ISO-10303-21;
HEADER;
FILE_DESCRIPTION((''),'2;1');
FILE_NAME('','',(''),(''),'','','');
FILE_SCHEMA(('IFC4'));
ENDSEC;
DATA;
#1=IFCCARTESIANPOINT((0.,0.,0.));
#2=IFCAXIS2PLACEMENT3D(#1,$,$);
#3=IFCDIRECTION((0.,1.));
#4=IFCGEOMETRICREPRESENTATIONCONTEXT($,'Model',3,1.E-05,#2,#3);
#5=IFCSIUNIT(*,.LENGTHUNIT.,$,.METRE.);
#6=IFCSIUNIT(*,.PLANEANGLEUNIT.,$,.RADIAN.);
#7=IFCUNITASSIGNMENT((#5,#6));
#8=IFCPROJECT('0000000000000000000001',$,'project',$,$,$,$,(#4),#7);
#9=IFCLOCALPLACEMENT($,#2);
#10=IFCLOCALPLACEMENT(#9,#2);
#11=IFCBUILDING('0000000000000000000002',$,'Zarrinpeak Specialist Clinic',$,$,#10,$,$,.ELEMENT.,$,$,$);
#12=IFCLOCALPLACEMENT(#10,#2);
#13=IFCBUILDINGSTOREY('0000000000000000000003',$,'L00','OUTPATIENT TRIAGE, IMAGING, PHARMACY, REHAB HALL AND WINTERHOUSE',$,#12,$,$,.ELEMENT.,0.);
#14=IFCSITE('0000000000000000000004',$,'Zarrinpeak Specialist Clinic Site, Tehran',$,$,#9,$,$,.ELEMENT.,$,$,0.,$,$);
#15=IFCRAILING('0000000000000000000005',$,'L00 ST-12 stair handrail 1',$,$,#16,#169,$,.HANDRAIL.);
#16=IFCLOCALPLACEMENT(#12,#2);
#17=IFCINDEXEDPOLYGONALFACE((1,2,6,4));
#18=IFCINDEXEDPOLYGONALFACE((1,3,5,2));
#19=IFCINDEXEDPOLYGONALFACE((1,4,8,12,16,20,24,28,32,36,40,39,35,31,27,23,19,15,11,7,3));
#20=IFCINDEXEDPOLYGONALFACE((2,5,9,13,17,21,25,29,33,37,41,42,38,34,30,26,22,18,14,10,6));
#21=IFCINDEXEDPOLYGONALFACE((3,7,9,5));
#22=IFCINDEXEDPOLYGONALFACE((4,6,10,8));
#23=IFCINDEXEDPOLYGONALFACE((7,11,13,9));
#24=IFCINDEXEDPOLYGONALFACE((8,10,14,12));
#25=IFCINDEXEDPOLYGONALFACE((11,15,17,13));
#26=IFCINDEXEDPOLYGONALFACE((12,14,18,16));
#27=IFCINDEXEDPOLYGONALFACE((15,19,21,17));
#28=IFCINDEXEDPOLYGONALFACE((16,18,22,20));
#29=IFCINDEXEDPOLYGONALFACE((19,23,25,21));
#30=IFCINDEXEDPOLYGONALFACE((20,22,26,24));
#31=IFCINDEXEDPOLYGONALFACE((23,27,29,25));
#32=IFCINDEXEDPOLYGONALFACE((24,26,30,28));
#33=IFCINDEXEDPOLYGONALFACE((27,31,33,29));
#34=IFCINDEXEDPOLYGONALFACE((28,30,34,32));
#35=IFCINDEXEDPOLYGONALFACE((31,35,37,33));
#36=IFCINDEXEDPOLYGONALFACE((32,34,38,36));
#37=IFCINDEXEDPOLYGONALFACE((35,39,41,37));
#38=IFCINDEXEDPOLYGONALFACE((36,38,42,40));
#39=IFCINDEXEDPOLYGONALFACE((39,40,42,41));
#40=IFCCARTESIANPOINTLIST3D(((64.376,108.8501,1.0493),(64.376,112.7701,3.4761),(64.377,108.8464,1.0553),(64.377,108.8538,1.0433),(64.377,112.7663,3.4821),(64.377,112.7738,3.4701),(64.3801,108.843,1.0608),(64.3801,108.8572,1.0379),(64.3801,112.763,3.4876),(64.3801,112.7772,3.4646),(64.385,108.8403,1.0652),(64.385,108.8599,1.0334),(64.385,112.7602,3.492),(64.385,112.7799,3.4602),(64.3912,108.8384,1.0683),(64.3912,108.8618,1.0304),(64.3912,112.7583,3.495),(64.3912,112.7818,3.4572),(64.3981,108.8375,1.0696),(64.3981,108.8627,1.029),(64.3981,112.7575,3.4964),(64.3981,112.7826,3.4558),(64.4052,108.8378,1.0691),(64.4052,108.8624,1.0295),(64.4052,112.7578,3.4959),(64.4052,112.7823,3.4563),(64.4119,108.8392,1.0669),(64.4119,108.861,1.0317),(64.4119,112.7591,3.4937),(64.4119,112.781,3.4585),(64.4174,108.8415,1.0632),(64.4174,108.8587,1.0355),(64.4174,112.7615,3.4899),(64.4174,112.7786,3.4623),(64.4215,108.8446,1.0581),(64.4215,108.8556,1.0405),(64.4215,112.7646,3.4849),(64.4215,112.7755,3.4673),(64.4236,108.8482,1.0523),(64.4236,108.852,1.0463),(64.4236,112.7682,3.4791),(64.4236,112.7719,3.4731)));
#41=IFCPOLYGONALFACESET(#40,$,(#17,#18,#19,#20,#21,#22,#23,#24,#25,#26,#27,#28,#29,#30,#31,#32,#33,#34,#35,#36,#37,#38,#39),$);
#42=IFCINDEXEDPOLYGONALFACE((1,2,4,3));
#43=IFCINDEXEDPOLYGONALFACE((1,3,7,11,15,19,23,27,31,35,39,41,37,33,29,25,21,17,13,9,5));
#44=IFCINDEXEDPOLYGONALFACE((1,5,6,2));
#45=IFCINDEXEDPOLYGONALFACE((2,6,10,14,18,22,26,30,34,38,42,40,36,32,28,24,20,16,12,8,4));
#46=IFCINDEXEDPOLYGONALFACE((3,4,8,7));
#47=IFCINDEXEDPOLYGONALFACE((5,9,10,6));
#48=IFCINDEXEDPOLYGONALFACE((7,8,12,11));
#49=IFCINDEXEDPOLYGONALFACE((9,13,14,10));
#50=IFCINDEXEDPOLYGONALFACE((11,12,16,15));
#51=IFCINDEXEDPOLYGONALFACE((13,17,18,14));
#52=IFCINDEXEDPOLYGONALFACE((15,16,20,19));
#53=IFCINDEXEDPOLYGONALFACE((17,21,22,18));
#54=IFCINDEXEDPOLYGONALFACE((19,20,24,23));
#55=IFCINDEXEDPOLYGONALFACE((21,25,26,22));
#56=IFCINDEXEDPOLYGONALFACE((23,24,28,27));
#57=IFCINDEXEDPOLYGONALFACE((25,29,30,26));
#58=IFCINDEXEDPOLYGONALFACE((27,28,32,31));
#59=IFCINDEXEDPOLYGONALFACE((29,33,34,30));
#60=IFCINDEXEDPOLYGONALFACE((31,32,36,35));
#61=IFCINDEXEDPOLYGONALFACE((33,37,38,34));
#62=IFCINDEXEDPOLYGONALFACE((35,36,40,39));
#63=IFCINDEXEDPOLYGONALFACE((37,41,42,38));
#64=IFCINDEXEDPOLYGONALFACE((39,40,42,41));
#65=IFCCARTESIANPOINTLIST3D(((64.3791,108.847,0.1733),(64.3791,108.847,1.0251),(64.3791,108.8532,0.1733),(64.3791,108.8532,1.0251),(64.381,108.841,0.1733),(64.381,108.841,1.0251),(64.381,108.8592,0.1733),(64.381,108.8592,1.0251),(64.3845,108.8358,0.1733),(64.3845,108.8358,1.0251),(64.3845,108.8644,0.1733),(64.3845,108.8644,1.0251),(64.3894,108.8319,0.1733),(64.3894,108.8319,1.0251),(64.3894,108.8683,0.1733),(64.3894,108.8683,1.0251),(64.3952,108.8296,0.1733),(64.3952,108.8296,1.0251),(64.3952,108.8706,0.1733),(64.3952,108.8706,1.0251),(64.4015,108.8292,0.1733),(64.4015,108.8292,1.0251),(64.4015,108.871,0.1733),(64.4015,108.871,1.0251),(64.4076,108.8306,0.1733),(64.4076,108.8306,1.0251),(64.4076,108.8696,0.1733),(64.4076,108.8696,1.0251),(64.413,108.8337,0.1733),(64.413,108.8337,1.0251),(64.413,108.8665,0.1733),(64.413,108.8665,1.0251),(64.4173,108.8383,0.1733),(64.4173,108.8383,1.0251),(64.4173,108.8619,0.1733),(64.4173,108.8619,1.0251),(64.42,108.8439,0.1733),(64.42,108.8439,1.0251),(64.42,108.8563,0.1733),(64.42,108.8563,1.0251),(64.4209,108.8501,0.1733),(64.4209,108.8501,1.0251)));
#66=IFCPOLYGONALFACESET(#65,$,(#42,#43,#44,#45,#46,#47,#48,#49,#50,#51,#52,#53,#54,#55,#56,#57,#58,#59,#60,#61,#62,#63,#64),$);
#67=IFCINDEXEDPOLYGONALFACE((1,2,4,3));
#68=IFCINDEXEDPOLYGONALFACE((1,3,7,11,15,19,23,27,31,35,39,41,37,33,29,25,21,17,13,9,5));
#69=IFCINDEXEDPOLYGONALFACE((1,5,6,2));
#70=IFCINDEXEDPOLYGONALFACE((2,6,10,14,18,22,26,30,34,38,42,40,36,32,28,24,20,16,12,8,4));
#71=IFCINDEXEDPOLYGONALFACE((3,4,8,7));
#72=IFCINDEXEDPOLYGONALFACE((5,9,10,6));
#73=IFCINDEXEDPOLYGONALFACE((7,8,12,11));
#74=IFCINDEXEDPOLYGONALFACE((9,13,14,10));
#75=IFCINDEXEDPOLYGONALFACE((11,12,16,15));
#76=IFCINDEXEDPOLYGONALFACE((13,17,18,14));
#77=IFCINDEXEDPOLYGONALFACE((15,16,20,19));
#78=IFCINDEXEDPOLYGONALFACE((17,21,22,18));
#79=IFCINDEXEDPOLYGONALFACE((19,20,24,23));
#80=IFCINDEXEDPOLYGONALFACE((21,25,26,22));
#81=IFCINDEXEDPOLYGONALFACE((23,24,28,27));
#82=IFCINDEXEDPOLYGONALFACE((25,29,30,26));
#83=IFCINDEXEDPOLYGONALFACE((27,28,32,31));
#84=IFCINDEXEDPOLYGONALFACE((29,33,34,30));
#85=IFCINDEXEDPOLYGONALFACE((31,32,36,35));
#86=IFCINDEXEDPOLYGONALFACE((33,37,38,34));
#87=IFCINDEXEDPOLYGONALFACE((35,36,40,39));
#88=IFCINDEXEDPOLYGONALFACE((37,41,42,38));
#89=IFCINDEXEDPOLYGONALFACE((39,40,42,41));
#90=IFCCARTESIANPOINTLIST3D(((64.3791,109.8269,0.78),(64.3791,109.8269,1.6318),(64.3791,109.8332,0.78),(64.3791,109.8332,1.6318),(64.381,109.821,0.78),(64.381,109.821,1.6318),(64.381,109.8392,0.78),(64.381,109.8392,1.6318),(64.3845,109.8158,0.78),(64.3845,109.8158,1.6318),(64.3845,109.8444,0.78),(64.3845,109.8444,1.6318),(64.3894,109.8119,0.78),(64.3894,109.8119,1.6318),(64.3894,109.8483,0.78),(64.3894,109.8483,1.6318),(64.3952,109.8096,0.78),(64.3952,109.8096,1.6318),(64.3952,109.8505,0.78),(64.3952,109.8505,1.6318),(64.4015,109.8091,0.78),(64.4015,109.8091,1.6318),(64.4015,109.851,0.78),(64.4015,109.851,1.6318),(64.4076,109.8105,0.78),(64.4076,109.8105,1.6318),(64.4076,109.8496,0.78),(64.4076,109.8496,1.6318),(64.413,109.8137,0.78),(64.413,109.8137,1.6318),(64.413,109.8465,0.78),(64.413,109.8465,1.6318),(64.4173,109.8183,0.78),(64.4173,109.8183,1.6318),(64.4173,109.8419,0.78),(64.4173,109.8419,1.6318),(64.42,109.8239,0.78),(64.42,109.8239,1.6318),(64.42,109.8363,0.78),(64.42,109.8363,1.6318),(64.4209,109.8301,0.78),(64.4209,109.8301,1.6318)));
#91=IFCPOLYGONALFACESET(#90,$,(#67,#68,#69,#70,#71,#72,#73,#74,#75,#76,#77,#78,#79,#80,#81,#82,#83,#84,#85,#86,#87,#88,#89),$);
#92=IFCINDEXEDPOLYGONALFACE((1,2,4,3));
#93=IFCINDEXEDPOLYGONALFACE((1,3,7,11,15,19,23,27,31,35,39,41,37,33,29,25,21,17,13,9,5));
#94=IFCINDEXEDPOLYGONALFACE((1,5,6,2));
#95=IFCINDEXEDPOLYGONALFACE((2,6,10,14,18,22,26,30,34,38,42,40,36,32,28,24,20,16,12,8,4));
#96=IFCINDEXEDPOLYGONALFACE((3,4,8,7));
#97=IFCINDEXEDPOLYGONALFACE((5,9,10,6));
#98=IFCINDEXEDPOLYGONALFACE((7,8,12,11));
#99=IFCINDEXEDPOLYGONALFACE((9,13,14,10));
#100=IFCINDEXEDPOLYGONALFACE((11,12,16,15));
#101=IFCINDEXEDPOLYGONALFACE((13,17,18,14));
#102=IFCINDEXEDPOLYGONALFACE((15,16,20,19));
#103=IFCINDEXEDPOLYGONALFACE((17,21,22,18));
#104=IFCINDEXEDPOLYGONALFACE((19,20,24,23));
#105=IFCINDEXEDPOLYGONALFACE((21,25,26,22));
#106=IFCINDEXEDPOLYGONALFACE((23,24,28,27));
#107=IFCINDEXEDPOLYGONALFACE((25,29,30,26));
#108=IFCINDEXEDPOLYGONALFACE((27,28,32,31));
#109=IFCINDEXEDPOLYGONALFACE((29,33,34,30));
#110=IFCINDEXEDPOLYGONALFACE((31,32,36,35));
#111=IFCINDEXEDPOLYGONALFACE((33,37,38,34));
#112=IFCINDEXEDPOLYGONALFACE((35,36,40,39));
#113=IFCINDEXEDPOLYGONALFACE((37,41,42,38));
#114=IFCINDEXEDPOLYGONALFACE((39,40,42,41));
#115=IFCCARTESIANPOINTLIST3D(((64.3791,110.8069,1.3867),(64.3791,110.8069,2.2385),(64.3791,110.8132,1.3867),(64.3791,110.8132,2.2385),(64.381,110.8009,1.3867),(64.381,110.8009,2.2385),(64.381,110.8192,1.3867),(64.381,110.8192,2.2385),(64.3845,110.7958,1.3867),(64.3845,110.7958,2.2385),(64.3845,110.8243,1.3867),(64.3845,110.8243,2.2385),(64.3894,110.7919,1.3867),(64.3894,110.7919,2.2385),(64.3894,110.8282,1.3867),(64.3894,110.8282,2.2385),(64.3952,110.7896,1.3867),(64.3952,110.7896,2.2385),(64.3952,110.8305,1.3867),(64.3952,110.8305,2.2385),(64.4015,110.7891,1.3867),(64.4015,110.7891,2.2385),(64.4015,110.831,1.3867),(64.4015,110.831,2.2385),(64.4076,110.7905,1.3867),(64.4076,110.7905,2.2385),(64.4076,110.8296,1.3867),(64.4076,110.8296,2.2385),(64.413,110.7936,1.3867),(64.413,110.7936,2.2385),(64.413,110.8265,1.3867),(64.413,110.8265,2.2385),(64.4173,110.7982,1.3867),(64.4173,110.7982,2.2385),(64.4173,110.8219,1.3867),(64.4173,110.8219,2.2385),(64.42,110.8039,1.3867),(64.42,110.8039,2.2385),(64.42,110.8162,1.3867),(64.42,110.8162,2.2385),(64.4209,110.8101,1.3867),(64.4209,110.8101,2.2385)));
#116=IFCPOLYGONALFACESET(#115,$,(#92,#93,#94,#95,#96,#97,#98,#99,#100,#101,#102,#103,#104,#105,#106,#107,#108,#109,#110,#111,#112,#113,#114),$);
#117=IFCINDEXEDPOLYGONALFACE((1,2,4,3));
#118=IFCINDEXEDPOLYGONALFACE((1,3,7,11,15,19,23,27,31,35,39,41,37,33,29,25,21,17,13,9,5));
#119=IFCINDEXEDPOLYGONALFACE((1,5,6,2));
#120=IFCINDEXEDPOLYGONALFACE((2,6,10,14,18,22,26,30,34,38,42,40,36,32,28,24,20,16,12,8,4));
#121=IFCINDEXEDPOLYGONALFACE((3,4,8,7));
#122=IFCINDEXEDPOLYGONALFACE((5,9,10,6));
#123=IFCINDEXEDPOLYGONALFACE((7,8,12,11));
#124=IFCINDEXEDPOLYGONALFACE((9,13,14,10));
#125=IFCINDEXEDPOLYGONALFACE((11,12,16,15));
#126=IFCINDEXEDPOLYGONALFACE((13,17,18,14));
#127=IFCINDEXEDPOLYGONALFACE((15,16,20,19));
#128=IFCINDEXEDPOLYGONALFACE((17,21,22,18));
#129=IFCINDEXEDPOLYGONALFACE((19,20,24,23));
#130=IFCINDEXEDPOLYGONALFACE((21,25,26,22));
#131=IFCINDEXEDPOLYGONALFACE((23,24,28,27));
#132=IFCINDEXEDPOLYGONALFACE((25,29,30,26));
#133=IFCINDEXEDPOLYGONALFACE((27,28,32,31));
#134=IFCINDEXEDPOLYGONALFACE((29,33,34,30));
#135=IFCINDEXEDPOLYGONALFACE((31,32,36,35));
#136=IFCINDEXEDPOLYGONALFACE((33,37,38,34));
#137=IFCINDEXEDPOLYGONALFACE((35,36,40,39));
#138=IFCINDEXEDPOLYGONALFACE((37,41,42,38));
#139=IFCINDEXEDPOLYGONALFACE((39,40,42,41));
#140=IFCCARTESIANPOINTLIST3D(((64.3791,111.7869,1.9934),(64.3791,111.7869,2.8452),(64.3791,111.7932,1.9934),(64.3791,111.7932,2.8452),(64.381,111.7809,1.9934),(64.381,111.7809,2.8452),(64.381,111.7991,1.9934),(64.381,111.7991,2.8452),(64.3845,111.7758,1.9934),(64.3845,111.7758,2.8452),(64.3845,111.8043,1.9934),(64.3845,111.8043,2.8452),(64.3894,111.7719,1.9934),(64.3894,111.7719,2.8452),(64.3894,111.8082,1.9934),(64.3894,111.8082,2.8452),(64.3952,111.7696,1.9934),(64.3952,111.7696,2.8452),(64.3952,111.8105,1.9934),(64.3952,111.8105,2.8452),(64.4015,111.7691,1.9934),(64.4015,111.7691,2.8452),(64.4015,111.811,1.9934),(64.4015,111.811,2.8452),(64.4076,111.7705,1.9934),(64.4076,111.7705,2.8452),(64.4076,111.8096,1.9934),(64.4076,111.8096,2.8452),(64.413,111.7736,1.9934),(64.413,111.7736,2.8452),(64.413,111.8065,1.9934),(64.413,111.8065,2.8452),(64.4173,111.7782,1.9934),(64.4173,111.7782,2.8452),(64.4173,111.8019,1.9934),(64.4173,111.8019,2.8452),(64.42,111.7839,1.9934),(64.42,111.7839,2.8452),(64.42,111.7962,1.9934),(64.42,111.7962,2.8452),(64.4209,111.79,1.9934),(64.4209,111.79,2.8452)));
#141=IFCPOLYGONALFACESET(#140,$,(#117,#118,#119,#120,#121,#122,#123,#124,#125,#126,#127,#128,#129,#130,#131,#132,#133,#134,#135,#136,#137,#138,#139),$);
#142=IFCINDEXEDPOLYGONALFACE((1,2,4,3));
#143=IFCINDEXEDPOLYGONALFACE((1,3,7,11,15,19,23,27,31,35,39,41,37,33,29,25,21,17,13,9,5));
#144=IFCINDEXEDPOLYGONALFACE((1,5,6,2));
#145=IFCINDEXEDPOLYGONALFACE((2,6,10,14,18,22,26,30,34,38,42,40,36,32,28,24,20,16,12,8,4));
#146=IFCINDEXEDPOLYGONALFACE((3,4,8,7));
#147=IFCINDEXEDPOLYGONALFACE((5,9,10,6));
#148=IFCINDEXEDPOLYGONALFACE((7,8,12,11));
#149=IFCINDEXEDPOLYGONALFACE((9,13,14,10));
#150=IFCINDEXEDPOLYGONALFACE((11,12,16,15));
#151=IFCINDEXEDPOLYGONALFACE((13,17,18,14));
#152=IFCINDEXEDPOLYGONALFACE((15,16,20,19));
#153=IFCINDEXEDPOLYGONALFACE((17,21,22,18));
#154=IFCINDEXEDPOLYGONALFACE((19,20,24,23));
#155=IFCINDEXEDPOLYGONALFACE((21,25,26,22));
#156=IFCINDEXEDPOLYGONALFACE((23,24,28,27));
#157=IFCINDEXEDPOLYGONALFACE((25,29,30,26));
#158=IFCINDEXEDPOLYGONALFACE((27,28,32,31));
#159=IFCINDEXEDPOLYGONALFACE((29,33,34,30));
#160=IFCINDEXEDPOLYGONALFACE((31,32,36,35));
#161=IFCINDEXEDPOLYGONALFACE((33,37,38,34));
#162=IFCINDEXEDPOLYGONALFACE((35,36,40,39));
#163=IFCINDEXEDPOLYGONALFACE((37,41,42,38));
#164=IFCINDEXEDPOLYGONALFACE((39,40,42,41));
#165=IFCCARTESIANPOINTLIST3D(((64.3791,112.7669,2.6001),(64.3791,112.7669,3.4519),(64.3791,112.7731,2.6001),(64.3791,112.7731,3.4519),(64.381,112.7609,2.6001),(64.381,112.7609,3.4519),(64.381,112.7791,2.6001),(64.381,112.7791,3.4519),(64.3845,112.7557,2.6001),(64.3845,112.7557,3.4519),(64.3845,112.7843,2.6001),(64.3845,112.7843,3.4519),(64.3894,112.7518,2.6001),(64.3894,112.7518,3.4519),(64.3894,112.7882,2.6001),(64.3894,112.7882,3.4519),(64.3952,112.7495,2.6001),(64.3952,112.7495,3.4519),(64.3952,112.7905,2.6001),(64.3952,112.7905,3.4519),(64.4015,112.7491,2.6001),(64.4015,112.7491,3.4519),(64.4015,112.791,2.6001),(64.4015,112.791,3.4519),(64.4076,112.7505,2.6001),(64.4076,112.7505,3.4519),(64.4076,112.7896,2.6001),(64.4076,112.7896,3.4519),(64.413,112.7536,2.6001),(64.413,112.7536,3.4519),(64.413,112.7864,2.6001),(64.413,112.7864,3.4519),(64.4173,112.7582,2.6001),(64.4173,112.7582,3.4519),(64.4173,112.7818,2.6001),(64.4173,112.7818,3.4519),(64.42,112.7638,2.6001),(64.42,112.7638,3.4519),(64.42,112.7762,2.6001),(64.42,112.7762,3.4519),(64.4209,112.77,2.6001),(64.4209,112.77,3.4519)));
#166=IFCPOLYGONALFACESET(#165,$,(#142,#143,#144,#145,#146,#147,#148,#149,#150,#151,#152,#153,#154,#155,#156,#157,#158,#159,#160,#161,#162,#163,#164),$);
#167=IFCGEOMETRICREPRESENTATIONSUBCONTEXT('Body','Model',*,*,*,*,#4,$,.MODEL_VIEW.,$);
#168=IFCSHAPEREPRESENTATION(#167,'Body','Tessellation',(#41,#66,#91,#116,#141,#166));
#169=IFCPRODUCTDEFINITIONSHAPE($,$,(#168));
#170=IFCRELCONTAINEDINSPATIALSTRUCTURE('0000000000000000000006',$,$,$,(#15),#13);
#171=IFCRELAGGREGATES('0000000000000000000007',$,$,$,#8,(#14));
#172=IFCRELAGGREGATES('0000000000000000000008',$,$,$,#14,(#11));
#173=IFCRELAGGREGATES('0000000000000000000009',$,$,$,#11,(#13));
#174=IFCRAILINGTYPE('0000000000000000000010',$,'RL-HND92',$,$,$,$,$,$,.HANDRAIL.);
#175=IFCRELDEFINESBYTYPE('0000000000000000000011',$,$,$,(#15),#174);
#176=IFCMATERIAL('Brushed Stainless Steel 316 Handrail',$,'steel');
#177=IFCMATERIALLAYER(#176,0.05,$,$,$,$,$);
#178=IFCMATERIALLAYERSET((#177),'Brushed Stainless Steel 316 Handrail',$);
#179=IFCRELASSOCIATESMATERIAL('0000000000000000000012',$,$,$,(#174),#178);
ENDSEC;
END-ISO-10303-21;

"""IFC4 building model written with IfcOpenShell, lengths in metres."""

from ifc_helpers import new_model, si_unit, direction, frame, origin, origin_2d, place, context, subcontext, project, spatial, circle, extrude, material, layer, layer_set, type_object, element, save


model = new_model("IFC4")

# Units and contexts
model_context = context("Model", 3, precision=1e-05, world=origin(), true_north=direction((0.0, 1.0)))
body_context = subcontext(model_context, "Body", "Model", "MODEL_VIEW")
ifc_project = project(units=[si_unit("LENGTHUNIT", "METRE"), si_unit("PLANEANGLEUNIT", "RADIAN")], contexts=[model_context])

# Site, building, storey
site_placement = place(None, origin())
site = spatial("IfcSite", under=ifc_project, at=site_placement, Name="Zarrinpeak Specialist Clinic Site, Tehran", CompositionType="ELEMENT", RefElevation=0.0)
building_placement = place(site_placement, origin())
building = spatial("IfcBuilding", under=site, at=building_placement, Name="Zarrinpeak Specialist Clinic", CompositionType="ELEMENT")
storey_placement = place(building_placement, origin())
storey = spatial("IfcBuildingStorey", under=building, at=storey_placement, Name="L00", Description="OUTPATIENT TRIAGE, IMAGING, PHARMACY, REHAB HALL AND WINTERHOUSE", CompositionType="ELEMENT", Elevation=0.0)

# Railing
ifc_material_1 = material(Name="Brushed Stainless Steel 316 Handrail", Category="steel")
ifc_layer_1 = layer(ifc_material_1, 0.05)
ifc_layer_set_1 = layer_set([ifc_layer_1], Name="Brushed Stainless Steel 316 Handrail")
railing_type_1 = type_object("IfcRailingType", Name="RL-HND92", PredefinedType="HANDRAIL", material=ifc_layer_set_1)
railing_1_placement = place(storey_placement, frame((64.3999, 108.8501, 0.1733)))
element("IfcRailing", 1, at=railing_1_placement, inside=storey, type_object=railing_type_1, Name="L00 ST-12 stair handrail 1", PredefinedType="HANDRAIL", context=body_context, shape_type="SweptSolid", body=[
    extrude(circle(Radius=0.0239, at=origin_2d()), frame((0.0, 0.0, 0.876), z_axis=(0.0, 0.850252, 0.526376), x_axis=(-1.0, 0.0, 0.0)), (0.0, 0.0, 1.0), 4.6104),
    extrude(circle(Radius=0.021, at=origin_2d()), origin(), (0.0, 0.0, 1.0), 0.8518),
    extrude(circle(Radius=0.021, at=origin_2d()), frame((0.0, 0.98, 0.6067)), (0.0, 0.0, 1.0), 0.8518),
    extrude(circle(Radius=0.021, at=origin_2d()), frame((0.0, 1.96, 1.2134)), (0.0, 0.0, 1.0), 0.8518),
    extrude(circle(Radius=0.021, at=origin_2d()), frame((0.0, 2.9399, 1.8201)), (0.0, 0.0, 1.0), 0.8518),
    extrude(circle(Radius=0.021, at=origin_2d()), frame((0.0, 3.9199, 2.4268)), (0.0, 0.0, 1.0), 0.8518),
])

save(model, "model.ifc")
